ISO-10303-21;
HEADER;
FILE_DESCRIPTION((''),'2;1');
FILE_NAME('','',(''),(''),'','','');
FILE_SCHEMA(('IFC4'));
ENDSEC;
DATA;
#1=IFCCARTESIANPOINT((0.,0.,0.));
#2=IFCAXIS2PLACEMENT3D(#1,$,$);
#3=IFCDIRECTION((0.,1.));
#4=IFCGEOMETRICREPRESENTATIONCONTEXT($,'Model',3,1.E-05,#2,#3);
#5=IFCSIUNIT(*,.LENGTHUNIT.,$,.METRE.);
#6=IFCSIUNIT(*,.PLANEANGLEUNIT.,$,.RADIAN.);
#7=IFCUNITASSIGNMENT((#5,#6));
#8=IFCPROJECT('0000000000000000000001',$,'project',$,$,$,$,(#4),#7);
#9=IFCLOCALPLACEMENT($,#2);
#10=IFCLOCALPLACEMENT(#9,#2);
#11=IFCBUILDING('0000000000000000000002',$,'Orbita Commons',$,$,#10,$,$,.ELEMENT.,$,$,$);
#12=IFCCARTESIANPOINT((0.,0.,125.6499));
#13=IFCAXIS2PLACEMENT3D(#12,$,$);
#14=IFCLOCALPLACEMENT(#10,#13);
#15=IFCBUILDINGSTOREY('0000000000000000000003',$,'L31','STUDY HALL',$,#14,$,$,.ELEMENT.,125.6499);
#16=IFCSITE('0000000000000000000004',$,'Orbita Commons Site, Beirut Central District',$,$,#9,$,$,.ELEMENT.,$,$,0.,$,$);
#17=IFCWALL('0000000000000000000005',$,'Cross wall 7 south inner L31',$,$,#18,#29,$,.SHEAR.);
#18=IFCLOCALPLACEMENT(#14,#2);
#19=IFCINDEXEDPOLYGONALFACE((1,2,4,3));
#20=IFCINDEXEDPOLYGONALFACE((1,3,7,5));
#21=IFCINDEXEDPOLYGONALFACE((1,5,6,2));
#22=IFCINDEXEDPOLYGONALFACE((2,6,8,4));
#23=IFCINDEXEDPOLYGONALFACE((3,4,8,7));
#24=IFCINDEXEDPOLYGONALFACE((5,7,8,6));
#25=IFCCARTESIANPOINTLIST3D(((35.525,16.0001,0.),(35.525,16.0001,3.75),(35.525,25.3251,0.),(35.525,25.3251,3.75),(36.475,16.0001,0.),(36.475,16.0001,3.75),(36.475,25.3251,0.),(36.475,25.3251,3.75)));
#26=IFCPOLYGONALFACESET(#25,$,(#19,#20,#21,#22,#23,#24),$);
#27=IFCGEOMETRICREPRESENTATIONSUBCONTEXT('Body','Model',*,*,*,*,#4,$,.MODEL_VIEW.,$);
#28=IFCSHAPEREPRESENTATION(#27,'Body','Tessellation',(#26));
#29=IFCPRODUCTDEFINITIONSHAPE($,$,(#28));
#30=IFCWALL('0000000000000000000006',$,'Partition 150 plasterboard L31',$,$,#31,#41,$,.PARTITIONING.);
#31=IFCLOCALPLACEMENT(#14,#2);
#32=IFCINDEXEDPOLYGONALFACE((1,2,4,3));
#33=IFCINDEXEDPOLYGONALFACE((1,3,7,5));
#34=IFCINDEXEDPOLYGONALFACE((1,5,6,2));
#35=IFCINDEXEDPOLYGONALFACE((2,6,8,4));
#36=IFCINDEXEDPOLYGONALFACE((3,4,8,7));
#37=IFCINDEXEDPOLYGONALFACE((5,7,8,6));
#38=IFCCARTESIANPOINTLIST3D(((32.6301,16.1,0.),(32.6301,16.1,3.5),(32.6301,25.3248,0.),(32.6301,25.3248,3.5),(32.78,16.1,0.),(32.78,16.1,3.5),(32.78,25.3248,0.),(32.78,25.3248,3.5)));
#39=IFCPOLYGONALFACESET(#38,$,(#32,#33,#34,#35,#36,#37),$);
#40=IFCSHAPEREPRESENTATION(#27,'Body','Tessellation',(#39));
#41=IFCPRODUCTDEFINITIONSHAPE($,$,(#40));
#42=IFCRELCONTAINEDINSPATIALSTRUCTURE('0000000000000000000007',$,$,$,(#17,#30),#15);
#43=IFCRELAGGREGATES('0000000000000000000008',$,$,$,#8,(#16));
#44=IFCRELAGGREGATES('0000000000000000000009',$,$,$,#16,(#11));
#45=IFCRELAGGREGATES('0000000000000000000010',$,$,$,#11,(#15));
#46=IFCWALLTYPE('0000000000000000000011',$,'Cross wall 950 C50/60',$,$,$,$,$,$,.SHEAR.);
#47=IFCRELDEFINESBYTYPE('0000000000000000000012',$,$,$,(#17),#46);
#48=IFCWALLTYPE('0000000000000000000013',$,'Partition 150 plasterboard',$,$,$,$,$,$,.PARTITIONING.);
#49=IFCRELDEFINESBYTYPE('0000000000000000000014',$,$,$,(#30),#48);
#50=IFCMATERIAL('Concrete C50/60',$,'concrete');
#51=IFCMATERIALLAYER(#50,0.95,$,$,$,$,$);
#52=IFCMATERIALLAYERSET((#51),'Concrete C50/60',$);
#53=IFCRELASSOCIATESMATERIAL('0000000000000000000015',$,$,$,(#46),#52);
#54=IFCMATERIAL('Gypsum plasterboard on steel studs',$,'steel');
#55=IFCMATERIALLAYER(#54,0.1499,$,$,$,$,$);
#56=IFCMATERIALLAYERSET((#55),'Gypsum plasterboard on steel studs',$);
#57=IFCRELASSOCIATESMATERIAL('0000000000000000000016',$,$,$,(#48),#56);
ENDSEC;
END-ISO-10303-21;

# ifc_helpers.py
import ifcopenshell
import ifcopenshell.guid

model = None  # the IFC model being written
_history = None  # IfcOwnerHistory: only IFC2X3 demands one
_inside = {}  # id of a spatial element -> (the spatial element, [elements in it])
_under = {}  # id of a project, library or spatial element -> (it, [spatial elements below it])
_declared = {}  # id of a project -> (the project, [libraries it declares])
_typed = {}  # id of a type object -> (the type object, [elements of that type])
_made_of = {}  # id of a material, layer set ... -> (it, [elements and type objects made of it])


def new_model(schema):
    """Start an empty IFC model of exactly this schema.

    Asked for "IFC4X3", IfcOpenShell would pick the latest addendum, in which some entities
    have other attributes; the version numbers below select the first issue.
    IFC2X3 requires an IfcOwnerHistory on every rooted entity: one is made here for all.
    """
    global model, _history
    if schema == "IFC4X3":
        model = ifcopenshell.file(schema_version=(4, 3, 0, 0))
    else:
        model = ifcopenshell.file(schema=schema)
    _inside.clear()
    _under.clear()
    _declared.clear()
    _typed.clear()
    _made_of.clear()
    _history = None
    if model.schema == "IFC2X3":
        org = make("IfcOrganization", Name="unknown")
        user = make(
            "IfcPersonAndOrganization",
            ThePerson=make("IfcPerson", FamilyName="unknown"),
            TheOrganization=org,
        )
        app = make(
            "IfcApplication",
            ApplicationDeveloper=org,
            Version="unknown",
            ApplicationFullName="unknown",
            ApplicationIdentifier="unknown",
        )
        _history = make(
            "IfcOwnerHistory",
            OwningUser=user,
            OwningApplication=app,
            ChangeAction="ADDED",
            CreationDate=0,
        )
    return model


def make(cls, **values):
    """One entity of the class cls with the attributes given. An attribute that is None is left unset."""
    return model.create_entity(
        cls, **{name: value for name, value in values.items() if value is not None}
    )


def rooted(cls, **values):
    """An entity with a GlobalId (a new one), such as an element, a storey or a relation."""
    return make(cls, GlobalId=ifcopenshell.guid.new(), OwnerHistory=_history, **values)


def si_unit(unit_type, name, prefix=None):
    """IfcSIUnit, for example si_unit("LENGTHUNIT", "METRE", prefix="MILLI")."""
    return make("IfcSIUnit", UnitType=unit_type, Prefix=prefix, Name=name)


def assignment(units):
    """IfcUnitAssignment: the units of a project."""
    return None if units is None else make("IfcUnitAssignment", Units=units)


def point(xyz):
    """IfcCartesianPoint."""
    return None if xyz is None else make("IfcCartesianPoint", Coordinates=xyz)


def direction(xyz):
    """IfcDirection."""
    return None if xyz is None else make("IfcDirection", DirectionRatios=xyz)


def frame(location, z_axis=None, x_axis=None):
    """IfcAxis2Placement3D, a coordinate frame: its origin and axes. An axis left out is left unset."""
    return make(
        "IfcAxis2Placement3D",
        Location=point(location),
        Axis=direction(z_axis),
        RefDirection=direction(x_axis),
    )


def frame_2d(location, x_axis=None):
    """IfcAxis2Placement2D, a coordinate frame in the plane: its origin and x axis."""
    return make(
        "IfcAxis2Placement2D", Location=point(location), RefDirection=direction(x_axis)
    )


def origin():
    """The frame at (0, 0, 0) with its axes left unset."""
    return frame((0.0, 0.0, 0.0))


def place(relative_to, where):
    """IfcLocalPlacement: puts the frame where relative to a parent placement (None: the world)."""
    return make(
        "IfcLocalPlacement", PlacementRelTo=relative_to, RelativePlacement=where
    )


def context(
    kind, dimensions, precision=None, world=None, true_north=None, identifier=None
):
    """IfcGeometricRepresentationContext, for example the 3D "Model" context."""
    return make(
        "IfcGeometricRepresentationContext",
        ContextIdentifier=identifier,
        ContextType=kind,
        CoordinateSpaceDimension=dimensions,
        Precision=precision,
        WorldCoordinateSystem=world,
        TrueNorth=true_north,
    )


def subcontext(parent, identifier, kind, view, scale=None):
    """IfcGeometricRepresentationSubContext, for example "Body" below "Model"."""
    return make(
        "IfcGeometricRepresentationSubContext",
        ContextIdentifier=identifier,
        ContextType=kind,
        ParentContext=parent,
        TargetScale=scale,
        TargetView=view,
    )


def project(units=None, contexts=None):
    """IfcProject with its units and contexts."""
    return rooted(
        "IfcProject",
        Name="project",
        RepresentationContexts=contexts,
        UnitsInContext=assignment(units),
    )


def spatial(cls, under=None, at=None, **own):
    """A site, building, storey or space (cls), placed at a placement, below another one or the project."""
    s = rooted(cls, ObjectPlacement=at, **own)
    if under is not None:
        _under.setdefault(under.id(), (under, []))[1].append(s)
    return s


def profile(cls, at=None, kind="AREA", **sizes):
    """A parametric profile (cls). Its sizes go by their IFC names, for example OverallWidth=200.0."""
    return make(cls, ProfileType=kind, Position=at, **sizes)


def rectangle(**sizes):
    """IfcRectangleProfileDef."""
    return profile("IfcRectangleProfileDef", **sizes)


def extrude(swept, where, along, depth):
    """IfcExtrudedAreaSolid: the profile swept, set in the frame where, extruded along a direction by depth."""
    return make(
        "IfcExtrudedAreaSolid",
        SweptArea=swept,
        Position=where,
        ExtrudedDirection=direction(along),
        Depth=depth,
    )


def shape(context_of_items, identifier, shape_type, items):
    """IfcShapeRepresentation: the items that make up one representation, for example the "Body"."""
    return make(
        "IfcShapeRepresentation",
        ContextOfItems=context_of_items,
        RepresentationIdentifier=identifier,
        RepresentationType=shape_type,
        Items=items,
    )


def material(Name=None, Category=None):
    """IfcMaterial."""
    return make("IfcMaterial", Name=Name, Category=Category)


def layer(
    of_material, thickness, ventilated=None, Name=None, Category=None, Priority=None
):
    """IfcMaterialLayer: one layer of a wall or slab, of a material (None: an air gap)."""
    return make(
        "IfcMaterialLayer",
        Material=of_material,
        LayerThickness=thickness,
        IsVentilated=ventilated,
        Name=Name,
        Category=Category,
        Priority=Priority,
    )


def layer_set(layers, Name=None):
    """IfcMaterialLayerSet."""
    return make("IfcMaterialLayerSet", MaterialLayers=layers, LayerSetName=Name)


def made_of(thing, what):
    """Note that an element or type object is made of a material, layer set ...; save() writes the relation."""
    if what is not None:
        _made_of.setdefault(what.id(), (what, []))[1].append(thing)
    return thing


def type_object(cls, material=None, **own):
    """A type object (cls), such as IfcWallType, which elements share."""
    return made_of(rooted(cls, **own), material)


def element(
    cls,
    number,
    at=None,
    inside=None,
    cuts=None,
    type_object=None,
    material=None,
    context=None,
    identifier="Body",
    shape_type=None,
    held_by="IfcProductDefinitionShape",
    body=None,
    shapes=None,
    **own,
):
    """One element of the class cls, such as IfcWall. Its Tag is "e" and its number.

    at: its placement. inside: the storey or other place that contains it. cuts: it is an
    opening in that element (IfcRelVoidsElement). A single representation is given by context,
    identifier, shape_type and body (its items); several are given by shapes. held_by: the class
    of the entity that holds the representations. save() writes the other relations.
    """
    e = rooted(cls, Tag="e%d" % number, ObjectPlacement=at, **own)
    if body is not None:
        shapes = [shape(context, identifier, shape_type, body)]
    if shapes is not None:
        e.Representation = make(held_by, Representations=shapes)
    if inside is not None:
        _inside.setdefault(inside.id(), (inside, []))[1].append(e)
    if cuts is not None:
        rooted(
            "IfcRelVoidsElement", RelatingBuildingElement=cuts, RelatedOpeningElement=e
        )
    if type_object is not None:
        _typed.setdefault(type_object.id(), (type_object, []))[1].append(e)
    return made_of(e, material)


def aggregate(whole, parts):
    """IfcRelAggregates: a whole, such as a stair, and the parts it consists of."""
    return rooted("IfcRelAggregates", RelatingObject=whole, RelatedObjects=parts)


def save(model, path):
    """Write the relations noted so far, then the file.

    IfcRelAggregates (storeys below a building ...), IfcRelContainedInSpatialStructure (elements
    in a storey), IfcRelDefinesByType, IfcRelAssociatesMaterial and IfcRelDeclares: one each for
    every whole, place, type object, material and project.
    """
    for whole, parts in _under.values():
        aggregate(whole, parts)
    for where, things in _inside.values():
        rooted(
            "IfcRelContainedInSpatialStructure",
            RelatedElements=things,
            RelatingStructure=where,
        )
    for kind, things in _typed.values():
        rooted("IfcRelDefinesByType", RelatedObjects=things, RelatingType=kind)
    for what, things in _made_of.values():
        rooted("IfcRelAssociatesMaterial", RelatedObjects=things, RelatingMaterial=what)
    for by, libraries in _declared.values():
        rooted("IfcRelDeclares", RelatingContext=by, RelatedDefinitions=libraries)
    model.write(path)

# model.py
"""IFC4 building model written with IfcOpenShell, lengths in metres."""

from ifc_helpers import new_model, si_unit, direction, frame, frame_2d, origin, place, context, subcontext, project, spatial, rectangle, extrude, material, layer, layer_set, type_object, element, save


model = new_model("IFC4")

# Units and contexts
model_context = context("Model", 3, precision=1e-05, world=origin(), true_north=direction((0.0, 1.0)))
body_context = subcontext(model_context, "Body", "Model", "MODEL_VIEW")
ifc_project = project(units=[si_unit("LENGTHUNIT", "METRE"), si_unit("PLANEANGLEUNIT", "RADIAN")], contexts=[model_context])

# Site, building, storey
site_placement = place(None, origin())
site = spatial("IfcSite", under=ifc_project, at=site_placement, Name="Orbita Commons Site, Beirut Central District", CompositionType="ELEMENT", RefElevation=0.0)
building_placement = place(site_placement, origin())
building = spatial("IfcBuilding", under=site, at=building_placement, Name="Orbita Commons", CompositionType="ELEMENT")
storey_placement = place(building_placement, frame((0.0, 0.0, 125.6499)))
storey = spatial("IfcBuildingStorey", under=building, at=storey_placement, Name="L31", Description="STUDY HALL", CompositionType="ELEMENT", Elevation=125.6499)

# Walls
ifc_material_1 = material(Name="Concrete C50/60", Category="concrete")
ifc_layer_1 = layer(ifc_material_1, 0.95)
ifc_layer_set_1 = layer_set([ifc_layer_1], Name="Concrete C50/60")
wall_type_1 = type_object("IfcWallType", Name="Cross wall 950 C50/60", PredefinedType="SHEAR", material=ifc_layer_set_1)
for number, where, z_axis, x_axis, name in (
    (1, (36.0, 16.0, 0.0), (0.0, 0.0, 1.0), (0.0, 1.0, 0.0), "Cross wall 7 south inner L31"),
):
    element("IfcWall", number, at=place(storey_placement, frame(where, z_axis=z_axis, x_axis=x_axis)), inside=storey, type_object=wall_type_1, Name=name, PredefinedType="SHEAR", context=body_context, shape_type="SweptSolid", body=[
        extrude(rectangle(XDim=9.325, YDim=0.95, at=frame_2d((4.6626, 0.0))), origin(), (0.0, 0.0, 1.0), 3.75),
    ])
ifc_material_2 = material(Name="Gypsum plasterboard on steel studs", Category="steel")
ifc_layer_2 = layer(ifc_material_2, 0.1499)
ifc_layer_set_2 = layer_set([ifc_layer_2], Name="Gypsum plasterboard on steel studs")
wall_type_2 = type_object("IfcWallType", Name="Partition 150 plasterboard", PredefinedType="PARTITIONING", material=ifc_layer_set_2)
wall_1_placement = place(storey_placement, frame((32.7051, 16.1001, 0.0), z_axis=(0.0, 0.0, 1.0), x_axis=(0.0, 1.0, 0.0)))
element("IfcWall", 2, at=wall_1_placement, inside=storey, type_object=wall_type_2, Name="Partition 150 plasterboard L31", PredefinedType="PARTITIONING", context=body_context, shape_type="SweptSolid", body=[
    extrude(rectangle(XDim=9.2249, YDim=0.1499, at=frame_2d((4.6123, 0.0))), origin(), (0.0, 0.0, 1.0), 3.5),
])

save(model, "model.ifc")
